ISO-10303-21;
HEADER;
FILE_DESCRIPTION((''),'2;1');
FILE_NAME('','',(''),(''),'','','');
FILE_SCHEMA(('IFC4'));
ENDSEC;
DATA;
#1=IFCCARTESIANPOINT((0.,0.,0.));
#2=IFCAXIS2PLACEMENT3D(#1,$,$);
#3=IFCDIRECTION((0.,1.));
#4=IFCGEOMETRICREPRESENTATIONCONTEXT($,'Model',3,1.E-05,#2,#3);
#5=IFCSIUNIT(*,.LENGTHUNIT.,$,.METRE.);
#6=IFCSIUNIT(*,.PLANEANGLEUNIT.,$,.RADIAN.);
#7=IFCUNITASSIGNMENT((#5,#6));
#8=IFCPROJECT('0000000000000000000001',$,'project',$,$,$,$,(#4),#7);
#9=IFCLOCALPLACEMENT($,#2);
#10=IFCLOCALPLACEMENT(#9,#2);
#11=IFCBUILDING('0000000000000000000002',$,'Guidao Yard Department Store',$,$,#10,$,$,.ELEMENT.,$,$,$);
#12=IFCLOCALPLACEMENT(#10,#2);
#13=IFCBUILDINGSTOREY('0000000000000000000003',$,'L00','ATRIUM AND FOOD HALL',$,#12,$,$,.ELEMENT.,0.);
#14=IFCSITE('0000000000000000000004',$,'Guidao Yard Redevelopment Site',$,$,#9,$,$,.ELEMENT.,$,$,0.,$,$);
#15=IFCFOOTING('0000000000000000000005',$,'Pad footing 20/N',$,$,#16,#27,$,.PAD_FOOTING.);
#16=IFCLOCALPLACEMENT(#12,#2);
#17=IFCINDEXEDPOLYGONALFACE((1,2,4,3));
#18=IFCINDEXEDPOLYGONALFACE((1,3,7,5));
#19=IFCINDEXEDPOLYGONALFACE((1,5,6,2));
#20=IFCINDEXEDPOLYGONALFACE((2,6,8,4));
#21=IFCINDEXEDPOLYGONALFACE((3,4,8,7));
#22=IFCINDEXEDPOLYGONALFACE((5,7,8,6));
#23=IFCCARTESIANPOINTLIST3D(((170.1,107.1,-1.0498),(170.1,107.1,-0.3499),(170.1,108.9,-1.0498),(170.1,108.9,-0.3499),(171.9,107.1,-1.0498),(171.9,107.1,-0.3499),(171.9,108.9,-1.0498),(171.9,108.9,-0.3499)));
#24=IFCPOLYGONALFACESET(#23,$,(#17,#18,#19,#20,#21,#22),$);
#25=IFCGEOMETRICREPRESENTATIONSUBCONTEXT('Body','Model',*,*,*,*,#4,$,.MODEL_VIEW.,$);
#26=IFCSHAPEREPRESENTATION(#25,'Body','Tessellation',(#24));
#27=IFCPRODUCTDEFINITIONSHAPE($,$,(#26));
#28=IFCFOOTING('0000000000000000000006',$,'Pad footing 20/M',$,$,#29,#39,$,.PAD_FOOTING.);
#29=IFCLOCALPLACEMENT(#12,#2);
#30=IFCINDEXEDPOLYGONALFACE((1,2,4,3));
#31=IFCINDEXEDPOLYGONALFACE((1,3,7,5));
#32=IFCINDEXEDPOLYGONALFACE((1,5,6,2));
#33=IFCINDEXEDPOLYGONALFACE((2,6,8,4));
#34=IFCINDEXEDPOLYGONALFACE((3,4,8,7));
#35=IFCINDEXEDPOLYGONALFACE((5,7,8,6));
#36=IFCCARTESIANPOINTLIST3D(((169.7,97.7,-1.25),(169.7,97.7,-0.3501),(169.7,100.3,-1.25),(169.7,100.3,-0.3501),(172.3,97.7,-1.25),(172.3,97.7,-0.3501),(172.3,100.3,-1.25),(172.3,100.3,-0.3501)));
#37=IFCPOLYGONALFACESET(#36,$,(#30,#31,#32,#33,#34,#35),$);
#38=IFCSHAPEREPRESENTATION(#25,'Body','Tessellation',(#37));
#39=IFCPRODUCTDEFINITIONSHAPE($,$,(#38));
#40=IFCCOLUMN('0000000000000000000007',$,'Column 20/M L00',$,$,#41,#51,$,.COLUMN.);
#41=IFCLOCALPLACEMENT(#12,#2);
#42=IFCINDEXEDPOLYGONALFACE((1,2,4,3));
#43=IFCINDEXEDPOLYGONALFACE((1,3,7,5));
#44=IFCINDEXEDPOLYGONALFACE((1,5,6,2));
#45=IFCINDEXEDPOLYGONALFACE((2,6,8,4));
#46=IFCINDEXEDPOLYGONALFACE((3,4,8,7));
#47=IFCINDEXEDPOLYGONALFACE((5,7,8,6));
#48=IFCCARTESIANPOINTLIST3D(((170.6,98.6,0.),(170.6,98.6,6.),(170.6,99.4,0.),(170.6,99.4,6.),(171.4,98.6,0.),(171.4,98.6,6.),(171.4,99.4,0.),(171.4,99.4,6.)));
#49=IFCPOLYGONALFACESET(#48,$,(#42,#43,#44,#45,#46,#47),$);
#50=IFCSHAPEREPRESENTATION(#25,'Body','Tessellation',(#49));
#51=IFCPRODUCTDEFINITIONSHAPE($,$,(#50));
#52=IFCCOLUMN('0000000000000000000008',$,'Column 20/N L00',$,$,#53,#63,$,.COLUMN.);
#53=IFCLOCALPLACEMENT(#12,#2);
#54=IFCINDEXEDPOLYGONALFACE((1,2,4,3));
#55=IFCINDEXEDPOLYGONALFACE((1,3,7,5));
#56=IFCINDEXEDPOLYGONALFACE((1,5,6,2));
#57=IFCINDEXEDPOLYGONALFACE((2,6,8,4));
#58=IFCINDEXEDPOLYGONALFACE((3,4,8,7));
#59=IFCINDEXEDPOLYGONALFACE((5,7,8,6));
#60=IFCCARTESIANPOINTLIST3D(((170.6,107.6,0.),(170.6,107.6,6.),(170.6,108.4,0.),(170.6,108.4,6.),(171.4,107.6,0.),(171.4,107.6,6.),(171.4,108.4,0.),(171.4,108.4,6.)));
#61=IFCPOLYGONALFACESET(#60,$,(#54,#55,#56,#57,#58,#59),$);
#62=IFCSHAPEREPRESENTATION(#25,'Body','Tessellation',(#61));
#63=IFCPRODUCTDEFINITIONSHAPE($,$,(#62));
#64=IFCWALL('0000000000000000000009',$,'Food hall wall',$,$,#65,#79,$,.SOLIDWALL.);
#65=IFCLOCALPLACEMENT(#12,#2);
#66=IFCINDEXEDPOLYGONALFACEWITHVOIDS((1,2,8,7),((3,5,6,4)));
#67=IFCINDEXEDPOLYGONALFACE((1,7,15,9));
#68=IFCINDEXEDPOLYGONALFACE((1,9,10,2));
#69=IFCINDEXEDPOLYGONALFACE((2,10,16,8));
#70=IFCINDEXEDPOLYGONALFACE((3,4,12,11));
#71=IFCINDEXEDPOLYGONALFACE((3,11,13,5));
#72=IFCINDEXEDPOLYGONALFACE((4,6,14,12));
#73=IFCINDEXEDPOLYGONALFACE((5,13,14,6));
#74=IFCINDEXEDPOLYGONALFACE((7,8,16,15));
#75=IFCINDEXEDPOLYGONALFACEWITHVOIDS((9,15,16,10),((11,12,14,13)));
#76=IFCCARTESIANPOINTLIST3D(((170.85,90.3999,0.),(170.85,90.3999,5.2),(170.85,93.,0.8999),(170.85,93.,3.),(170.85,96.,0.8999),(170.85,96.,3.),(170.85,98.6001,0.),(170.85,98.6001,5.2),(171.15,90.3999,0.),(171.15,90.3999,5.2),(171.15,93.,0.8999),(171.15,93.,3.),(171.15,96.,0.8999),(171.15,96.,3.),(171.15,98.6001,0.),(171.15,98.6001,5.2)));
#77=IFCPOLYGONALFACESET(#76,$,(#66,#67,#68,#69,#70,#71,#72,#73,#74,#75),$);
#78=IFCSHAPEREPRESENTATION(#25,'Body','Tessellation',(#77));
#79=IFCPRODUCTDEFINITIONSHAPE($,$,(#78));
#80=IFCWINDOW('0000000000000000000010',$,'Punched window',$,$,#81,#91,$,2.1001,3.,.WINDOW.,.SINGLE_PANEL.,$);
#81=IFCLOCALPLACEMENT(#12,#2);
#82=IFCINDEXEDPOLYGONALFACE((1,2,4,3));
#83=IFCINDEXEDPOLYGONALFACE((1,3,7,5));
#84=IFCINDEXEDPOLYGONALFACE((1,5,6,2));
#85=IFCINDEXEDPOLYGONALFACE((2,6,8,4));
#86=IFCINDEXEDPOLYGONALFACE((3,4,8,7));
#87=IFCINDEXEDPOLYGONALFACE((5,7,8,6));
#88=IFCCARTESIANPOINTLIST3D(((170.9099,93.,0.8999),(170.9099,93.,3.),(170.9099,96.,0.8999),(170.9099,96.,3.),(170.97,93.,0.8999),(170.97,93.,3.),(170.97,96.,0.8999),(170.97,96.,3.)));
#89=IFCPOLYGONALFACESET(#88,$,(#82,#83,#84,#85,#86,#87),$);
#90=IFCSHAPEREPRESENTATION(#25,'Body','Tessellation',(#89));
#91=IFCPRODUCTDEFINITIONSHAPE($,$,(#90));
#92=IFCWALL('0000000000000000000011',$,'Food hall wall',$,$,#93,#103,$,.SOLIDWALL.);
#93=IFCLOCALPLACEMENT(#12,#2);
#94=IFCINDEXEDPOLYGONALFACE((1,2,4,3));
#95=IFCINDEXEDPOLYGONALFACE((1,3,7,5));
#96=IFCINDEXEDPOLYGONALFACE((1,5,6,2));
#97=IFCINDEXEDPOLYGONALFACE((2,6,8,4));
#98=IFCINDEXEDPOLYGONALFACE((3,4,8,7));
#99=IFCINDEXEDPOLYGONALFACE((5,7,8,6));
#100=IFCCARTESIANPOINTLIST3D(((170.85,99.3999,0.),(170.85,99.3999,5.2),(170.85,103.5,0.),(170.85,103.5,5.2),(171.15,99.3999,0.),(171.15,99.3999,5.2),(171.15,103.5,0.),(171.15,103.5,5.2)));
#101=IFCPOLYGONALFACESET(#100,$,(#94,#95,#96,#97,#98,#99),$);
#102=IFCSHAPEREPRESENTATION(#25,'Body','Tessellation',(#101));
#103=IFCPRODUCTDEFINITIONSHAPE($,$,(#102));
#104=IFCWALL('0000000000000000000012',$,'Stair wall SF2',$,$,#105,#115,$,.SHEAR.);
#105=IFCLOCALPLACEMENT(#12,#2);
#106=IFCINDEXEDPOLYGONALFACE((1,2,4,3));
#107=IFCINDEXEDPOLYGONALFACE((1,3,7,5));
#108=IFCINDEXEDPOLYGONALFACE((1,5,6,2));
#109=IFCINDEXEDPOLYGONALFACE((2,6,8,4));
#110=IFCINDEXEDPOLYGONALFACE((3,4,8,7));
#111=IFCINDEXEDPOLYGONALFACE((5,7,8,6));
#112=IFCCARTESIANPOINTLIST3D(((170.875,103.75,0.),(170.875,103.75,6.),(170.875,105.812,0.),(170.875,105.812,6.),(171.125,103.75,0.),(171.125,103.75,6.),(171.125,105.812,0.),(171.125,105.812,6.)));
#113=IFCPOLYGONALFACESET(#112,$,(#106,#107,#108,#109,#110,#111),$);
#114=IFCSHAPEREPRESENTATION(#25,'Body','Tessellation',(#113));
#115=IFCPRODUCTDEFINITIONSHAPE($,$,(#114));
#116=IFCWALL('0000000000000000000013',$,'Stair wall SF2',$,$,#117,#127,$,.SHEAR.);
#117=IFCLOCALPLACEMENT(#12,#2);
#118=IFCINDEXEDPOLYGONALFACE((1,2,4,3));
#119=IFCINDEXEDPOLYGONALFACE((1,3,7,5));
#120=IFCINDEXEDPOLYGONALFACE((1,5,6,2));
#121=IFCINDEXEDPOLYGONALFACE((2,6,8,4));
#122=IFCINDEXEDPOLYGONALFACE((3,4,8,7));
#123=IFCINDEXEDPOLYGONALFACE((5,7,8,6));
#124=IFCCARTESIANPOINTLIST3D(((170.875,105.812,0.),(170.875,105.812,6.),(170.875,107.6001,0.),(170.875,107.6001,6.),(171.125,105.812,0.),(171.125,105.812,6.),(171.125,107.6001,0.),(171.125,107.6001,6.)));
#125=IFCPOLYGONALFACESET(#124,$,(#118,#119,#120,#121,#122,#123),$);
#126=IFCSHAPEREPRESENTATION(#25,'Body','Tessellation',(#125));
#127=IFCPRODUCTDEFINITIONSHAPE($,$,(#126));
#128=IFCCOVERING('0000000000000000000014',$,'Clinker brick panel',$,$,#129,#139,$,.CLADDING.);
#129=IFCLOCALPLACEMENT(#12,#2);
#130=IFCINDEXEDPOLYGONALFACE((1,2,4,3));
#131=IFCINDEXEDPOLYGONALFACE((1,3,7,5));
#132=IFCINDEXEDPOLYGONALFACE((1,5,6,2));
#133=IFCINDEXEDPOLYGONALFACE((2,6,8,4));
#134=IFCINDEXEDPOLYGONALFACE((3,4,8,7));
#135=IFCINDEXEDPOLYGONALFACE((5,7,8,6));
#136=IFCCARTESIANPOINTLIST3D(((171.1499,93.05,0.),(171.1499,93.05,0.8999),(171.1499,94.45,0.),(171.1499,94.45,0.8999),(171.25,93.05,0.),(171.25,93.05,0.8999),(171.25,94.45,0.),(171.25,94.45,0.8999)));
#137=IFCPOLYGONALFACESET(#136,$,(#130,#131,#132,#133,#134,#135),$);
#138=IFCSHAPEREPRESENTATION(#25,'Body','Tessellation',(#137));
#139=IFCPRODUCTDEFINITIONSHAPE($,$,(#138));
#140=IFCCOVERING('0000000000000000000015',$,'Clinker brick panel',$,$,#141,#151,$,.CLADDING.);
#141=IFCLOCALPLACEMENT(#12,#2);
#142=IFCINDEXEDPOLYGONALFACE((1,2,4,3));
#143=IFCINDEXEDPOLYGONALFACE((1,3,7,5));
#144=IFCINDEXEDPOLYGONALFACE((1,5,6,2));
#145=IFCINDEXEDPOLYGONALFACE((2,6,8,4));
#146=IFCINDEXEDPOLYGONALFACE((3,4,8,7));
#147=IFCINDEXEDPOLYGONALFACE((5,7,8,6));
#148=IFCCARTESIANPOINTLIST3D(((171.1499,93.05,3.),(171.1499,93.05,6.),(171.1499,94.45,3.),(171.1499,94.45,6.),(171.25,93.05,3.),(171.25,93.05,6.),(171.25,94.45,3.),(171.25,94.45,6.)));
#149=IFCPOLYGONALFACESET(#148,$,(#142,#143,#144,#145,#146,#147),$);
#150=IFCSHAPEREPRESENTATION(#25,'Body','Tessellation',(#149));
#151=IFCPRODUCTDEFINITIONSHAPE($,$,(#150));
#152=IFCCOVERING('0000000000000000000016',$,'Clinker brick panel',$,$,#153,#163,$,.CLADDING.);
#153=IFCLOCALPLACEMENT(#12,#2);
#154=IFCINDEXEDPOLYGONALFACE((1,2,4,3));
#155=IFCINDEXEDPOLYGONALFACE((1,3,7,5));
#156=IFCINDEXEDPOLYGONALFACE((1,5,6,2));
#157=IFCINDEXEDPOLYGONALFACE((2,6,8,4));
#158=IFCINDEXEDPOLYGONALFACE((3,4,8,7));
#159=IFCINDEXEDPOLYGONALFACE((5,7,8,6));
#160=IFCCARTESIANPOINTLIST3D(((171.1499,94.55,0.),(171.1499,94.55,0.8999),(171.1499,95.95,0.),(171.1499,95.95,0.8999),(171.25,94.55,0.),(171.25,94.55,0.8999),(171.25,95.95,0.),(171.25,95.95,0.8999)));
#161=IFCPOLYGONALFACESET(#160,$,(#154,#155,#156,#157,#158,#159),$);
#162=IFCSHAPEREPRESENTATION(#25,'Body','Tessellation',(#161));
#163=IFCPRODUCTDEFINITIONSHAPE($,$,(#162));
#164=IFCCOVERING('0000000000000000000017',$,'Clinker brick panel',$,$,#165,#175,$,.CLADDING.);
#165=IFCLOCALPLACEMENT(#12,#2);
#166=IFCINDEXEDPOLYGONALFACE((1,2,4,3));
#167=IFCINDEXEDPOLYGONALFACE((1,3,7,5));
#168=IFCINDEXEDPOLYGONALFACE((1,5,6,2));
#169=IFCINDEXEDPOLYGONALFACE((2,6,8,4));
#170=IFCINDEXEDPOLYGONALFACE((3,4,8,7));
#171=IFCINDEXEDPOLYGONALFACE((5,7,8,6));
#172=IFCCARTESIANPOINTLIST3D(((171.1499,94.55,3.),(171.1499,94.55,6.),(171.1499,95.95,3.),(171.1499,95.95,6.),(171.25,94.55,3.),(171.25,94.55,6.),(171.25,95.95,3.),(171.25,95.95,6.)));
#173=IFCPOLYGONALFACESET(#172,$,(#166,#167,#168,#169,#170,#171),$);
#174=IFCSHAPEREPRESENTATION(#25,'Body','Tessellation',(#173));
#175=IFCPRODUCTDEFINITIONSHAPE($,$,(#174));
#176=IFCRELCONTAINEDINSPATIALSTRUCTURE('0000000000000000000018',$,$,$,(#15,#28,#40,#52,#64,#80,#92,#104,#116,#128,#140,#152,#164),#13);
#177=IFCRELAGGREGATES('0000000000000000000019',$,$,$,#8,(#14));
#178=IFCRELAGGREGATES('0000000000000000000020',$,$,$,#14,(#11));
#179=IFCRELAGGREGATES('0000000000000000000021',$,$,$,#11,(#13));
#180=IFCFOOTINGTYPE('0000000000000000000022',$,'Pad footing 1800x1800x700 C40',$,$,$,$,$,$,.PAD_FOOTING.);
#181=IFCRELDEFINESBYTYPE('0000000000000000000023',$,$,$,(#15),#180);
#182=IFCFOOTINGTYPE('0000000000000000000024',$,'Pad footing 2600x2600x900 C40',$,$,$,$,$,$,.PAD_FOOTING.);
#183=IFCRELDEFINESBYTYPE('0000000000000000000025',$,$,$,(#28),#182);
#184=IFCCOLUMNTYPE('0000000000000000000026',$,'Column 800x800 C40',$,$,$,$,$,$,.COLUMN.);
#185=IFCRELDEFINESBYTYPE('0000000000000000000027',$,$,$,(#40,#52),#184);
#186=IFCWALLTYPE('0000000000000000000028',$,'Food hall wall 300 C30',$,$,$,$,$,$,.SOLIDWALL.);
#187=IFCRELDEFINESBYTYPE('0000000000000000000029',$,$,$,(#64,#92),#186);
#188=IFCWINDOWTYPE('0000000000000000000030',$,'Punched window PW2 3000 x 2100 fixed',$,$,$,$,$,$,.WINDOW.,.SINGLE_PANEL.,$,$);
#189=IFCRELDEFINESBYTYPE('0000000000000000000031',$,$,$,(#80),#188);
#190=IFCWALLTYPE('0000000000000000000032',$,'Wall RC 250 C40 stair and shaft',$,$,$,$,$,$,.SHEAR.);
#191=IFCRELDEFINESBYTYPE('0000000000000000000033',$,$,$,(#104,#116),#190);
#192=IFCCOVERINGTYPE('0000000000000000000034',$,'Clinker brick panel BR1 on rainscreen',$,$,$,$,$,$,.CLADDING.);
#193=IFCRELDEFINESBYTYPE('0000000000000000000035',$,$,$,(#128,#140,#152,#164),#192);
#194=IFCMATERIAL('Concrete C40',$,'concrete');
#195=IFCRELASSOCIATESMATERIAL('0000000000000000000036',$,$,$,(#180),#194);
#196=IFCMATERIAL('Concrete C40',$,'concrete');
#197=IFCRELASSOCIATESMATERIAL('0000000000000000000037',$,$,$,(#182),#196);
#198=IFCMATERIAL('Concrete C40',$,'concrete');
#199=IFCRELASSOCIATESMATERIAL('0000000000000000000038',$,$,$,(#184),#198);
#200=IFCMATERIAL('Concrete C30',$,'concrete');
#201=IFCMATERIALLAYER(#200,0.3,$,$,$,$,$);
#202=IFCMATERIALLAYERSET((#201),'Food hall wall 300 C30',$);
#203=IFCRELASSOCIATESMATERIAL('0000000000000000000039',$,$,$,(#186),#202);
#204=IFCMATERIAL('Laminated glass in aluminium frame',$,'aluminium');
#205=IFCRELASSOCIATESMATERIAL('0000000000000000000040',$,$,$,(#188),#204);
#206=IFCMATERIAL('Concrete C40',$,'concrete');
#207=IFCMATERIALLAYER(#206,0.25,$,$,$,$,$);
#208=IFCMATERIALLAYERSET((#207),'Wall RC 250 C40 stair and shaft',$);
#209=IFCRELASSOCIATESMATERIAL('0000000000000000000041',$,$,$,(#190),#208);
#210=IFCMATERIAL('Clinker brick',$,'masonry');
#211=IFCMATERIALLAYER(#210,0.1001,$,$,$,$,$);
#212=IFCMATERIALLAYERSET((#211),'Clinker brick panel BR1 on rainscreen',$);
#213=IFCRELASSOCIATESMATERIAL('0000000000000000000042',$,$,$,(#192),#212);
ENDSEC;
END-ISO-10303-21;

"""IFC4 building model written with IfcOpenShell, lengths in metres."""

from ifc_helpers import new_model, si_unit, direction, frame, frame_2d, origin, origin_2d, place, context, subcontext, project, spatial, rectangle, extrude, material, layer, layer_set, material_profile, profile_set, type_object, element, fill, save


model = new_model("IFC4")

# Units and contexts
model_context = context("Model", 3, precision=1e-05, world=origin(), true_north=direction((0.0, 1.0)))
body_context = subcontext(model_context, "Body", "Model", "MODEL_VIEW")
ifc_project = project(units=[si_unit("LENGTHUNIT", "METRE"), si_unit("PLANEANGLEUNIT", "RADIAN")], contexts=[model_context])

# Site, building, storey
site_placement = place(None, origin())
site = spatial("IfcSite", under=ifc_project, at=site_placement, Name="Guidao Yard Redevelopment Site", CompositionType="ELEMENT", RefElevation=0.0)
building_placement = place(site_placement, origin())
building = spatial("IfcBuilding", under=site, at=building_placement, Name="Guidao Yard Department Store", CompositionType="ELEMENT")
storey_placement = place(building_placement, origin())
storey = spatial("IfcBuildingStorey", under=building, at=storey_placement, Name="L00", Description="ATRIUM AND FOOD HALL", CompositionType="ELEMENT", Elevation=0.0)

# Footings
ifc_material_1 = material(Name="Concrete C40", Category="concrete")
footing_type_1 = type_object("IfcFootingType", Name="Pad footing 1800x1800x700 C40", PredefinedType="PAD_FOOTING", material=ifc_material_1)
footing_1_placement = place(storey_placement, frame((171.0, 108.0, -1.0498), z_axis=(0.0, 0.0, 1.0), x_axis=(1.0, 0.0, 0.0)))
element("IfcFooting", 1, at=footing_1_placement, inside=storey, type_object=footing_type_1, Name="Pad footing 20/N", PredefinedType="PAD_FOOTING", context=body_context, shape_type="SweptSolid", body=[
    extrude(rectangle(XDim=1.8, YDim=1.8, at=origin_2d()), origin(), (0.0, 0.0, 1.0), 0.7),
])
ifc_material_2 = material(Name="Concrete C40", Category="concrete")
footing_type_2 = type_object("IfcFootingType", Name="Pad footing 2600x2600x900 C40", PredefinedType="PAD_FOOTING", material=ifc_material_2)
footing_2_placement = place(storey_placement, frame((171.0, 99.0, -1.25), z_axis=(0.0, 0.0, 1.0), x_axis=(1.0, 0.0, 0.0)))
element("IfcFooting", 2, at=footing_2_placement, inside=storey, type_object=footing_type_2, Name="Pad footing 20/M", PredefinedType="PAD_FOOTING", context=body_context, shape_type="SweptSolid", body=[
    extrude(rectangle(XDim=2.6001, YDim=2.6001, at=origin_2d()), origin(), (0.0, 0.0, 1.0), 0.8999),
])

# Columns
ifc_material_3 = material(Name="Concrete C40", Category="concrete")
ifc_material_profile = material_profile(ifc_material_3, rectangle(XDim=0.8, YDim=0.8, at=origin_2d()), Name="COL 800x800")
ifc_profile_set = profile_set([ifc_material_profile], Name="Concrete C40")
column_type = type_object("IfcColumnType", Name="Column 800x800 C40", PredefinedType="COLUMN", material=ifc_profile_set)
for number, where, z_axis, x_axis, name in (
    (3, (171.0, 99.0, 0.0), (0.0, 0.0, 1.0), (1.0, 0.0, 0.0), "Column 20/M L00"),
    (4, (171.0, 108.0, 0.0), (0.0, 0.0, 1.0), (1.0, 0.0, 0.0), "Column 20/N L00"),
):
    element("IfcColumn", number, at=place(storey_placement, frame(where, z_axis=z_axis, x_axis=x_axis)), inside=storey, type_object=column_type, Name=name, PredefinedType="COLUMN", context=body_context, shape_type="SweptSolid", body=[
        extrude(rectangle(XDim=0.8, YDim=0.8, at=origin_2d()), origin(), (0.0, 0.0, 1.0), 6.0),
    ])

# Wall, opening, window
ifc_material_4 = material(Name="Concrete C30", Category="concrete")
ifc_layer_1 = layer(ifc_material_4, 0.3)
ifc_layer_set_1 = layer_set([ifc_layer_1], Name="Food hall wall 300 C30")
wall_type_1 = type_object("IfcWallType", Name="Food hall wall 300 C30", PredefinedType="SOLIDWALL", material=ifc_layer_set_1)
wall_1_placement = place(storey_placement, frame((171.0, 98.6001, 0.0), z_axis=(0.0, 0.0, 1.0), x_axis=(0.0, -1.0, 0.0)))
wall_1 = element("IfcWall", 5, at=wall_1_placement, inside=storey, type_object=wall_type_1, Name="Food hall wall", PredefinedType="SOLIDWALL", context=body_context, shape_type="SweptSolid", body=[
    extrude(rectangle(XDim=8.2002, YDim=0.3, at=frame_2d((4.1001, 0.0))), origin(), (0.0, 0.0, 1.0), 5.2),
])
opening_placement = place(wall_1_placement, frame((2.6001, 0.0, 0.8999)))
opening = element("IfcOpeningElement", 6, at=opening_placement, cuts=wall_1, PredefinedType="OPENING", context=body_context, shape_type="SweptSolid", body=[
    extrude(rectangle(XDim=3.0, YDim=2.1001, at=frame_2d((1.5, 1.05))), frame((0.0, 0.1599, 0.0), z_axis=(0.0, -1.0, 0.0), x_axis=(1.0, 0.0, 0.0)), (0.0, 0.0, 1.0), 0.3201),
])
ifc_material_5 = material(Name="Laminated glass in aluminium frame", Category="aluminium")
window_type = type_object("IfcWindowType", Name="Punched window PW2 3000 x 2100 fixed", PartitioningType="SINGLE_PANEL", PredefinedType="WINDOW", material=ifc_material_5)
window_placement = place(opening_placement, origin())
window = element("IfcWindow", 7, at=window_placement, inside=storey, type_object=window_type, Name="Punched window", OverallHeight=2.1001, OverallWidth=3.0, PartitioningType="SINGLE_PANEL", PredefinedType="WINDOW", context=body_context, shape_type="SweptSolid", body=[
    extrude(rectangle(XDim=3.0, YDim=2.1001, at=frame_2d((1.5, 1.05))), frame((0.0, -0.03, 0.0), z_axis=(0.0, -1.0, 0.0), x_axis=(1.0, 0.0, 0.0)), (0.0, 0.0, 1.0), 0.0601),
])
fill(opening, window)

# Walls
wall_2_placement = place(storey_placement, frame((171.0, 103.5, 0.0), z_axis=(0.0, 0.0, 1.0), x_axis=(0.0, -1.0, 0.0)))
element("IfcWall", 8, at=wall_2_placement, inside=storey, type_object=wall_type_1, Name="Food hall wall", PredefinedType="SOLIDWALL", context=body_context, shape_type="SweptSolid", body=[
    extrude(rectangle(XDim=4.1001, YDim=0.3, at=frame_2d((2.05, 0.0))), origin(), (0.0, 0.0, 1.0), 5.2),
])
ifc_material_6 = material(Name="Concrete C40", Category="concrete")
ifc_layer_2 = layer(ifc_material_6, 0.25)
ifc_layer_set_2 = layer_set([ifc_layer_2], Name="Wall RC 250 C40 stair and shaft")
wall_type_2 = type_object("IfcWallType", Name="Wall RC 250 C40 stair and shaft", PredefinedType="SHEAR", material=ifc_layer_set_2)
wall_3_placement = place(storey_placement, frame((171.0, 103.75, 0.0), z_axis=(0.0, 0.0, 1.0), x_axis=(0.0, 1.0, 0.0)))
element("IfcWall", 9, at=wall_3_placement, inside=storey, type_object=wall_type_2, Name="Stair wall SF2", PredefinedType="SHEAR", context=body_context, shape_type="SweptSolid", body=[
    extrude(rectangle(XDim=2.062, YDim=0.25, at=frame_2d((1.031, 0.0))), origin(), (0.0, 0.0, 1.0), 6.0),
])
wall_4_placement = place(storey_placement, frame((171.0, 105.812, 0.0), z_axis=(0.0, 0.0, 1.0), x_axis=(0.0, 1.0, 0.0)))
element("IfcWall", 10, at=wall_4_placement, inside=storey, type_object=wall_type_2, Name="Stair wall SF2", PredefinedType="SHEAR", context=body_context, shape_type="SweptSolid", body=[
    extrude(rectangle(XDim=1.7881, YDim=0.25, at=frame_2d((0.894, 0.0))), origin(), (0.0, 0.0, 1.0), 6.0),
])

# Coverings
ifc_material_7 = material(Name="Clinker brick", Category="masonry")
ifc_layer_3 = layer(ifc_material_7, 0.1001)
ifc_layer_set_3 = layer_set([ifc_layer_3], Name="Clinker brick panel BR1 on rainscreen")
covering_type = type_object("IfcCoveringType", Name="Clinker brick panel BR1 on rainscreen", PredefinedType="CLADDING", material=ifc_layer_set_3)
covering_1_placement = place(storey_placement, frame((171.2, 93.75, 0.0), z_axis=(0.0, 0.0, 1.0), x_axis=(0.0, -1.0, 0.0)))
element("IfcCovering", 11, at=covering_1_placement, inside=storey, type_object=covering_type, Name="Clinker brick panel", PredefinedType="CLADDING", context=body_context, shape_type="SweptSolid", body=[
    extrude(rectangle(XDim=1.3999, YDim=0.1001, at=origin_2d()), origin(), (0.0, 0.0, 1.0), 0.8999),
])
covering_2_placement = place(storey_placement, frame((171.2, 93.75, 3.0), z_axis=(0.0, 0.0, 1.0), x_axis=(0.0, -1.0, 0.0)))
element("IfcCovering", 12, at=covering_2_placement, inside=storey, type_object=covering_type, Name="Clinker brick panel", PredefinedType="CLADDING", context=body_context, shape_type="SweptSolid", body=[
    extrude(rectangle(XDim=1.3999, YDim=0.1001, at=origin_2d()), origin(), (0.0, 0.0, 1.0), 3.0),
])
covering_3_placement = place(storey_placement, frame((171.2, 95.25, 0.0), z_axis=(0.0, 0.0, 1.0), x_axis=(0.0, -1.0, 0.0)))
element("IfcCovering", 13, at=covering_3_placement, inside=storey, type_object=covering_type, Name="Clinker brick panel", PredefinedType="CLADDING", context=body_context, shape_type="SweptSolid", body=[
    extrude(rectangle(XDim=1.3999, YDim=0.1001, at=origin_2d()), origin(), (0.0, 0.0, 1.0), 0.8999),
])
covering_4_placement = place(storey_placement, frame((171.2, 95.25, 3.0), z_axis=(0.0, 0.0, 1.0), x_axis=(0.0, -1.0, 0.0)))
element("IfcCovering", 14, at=covering_4_placement, inside=storey, type_object=covering_type, Name="Clinker brick panel", PredefinedType="CLADDING", context=body_context, shape_type="SweptSolid", body=[
    extrude(rectangle(XDim=1.3999, YDim=0.1001, at=origin_2d()), origin(), (0.0, 0.0, 1.0), 3.0),
])

save(model, "model.ifc")
